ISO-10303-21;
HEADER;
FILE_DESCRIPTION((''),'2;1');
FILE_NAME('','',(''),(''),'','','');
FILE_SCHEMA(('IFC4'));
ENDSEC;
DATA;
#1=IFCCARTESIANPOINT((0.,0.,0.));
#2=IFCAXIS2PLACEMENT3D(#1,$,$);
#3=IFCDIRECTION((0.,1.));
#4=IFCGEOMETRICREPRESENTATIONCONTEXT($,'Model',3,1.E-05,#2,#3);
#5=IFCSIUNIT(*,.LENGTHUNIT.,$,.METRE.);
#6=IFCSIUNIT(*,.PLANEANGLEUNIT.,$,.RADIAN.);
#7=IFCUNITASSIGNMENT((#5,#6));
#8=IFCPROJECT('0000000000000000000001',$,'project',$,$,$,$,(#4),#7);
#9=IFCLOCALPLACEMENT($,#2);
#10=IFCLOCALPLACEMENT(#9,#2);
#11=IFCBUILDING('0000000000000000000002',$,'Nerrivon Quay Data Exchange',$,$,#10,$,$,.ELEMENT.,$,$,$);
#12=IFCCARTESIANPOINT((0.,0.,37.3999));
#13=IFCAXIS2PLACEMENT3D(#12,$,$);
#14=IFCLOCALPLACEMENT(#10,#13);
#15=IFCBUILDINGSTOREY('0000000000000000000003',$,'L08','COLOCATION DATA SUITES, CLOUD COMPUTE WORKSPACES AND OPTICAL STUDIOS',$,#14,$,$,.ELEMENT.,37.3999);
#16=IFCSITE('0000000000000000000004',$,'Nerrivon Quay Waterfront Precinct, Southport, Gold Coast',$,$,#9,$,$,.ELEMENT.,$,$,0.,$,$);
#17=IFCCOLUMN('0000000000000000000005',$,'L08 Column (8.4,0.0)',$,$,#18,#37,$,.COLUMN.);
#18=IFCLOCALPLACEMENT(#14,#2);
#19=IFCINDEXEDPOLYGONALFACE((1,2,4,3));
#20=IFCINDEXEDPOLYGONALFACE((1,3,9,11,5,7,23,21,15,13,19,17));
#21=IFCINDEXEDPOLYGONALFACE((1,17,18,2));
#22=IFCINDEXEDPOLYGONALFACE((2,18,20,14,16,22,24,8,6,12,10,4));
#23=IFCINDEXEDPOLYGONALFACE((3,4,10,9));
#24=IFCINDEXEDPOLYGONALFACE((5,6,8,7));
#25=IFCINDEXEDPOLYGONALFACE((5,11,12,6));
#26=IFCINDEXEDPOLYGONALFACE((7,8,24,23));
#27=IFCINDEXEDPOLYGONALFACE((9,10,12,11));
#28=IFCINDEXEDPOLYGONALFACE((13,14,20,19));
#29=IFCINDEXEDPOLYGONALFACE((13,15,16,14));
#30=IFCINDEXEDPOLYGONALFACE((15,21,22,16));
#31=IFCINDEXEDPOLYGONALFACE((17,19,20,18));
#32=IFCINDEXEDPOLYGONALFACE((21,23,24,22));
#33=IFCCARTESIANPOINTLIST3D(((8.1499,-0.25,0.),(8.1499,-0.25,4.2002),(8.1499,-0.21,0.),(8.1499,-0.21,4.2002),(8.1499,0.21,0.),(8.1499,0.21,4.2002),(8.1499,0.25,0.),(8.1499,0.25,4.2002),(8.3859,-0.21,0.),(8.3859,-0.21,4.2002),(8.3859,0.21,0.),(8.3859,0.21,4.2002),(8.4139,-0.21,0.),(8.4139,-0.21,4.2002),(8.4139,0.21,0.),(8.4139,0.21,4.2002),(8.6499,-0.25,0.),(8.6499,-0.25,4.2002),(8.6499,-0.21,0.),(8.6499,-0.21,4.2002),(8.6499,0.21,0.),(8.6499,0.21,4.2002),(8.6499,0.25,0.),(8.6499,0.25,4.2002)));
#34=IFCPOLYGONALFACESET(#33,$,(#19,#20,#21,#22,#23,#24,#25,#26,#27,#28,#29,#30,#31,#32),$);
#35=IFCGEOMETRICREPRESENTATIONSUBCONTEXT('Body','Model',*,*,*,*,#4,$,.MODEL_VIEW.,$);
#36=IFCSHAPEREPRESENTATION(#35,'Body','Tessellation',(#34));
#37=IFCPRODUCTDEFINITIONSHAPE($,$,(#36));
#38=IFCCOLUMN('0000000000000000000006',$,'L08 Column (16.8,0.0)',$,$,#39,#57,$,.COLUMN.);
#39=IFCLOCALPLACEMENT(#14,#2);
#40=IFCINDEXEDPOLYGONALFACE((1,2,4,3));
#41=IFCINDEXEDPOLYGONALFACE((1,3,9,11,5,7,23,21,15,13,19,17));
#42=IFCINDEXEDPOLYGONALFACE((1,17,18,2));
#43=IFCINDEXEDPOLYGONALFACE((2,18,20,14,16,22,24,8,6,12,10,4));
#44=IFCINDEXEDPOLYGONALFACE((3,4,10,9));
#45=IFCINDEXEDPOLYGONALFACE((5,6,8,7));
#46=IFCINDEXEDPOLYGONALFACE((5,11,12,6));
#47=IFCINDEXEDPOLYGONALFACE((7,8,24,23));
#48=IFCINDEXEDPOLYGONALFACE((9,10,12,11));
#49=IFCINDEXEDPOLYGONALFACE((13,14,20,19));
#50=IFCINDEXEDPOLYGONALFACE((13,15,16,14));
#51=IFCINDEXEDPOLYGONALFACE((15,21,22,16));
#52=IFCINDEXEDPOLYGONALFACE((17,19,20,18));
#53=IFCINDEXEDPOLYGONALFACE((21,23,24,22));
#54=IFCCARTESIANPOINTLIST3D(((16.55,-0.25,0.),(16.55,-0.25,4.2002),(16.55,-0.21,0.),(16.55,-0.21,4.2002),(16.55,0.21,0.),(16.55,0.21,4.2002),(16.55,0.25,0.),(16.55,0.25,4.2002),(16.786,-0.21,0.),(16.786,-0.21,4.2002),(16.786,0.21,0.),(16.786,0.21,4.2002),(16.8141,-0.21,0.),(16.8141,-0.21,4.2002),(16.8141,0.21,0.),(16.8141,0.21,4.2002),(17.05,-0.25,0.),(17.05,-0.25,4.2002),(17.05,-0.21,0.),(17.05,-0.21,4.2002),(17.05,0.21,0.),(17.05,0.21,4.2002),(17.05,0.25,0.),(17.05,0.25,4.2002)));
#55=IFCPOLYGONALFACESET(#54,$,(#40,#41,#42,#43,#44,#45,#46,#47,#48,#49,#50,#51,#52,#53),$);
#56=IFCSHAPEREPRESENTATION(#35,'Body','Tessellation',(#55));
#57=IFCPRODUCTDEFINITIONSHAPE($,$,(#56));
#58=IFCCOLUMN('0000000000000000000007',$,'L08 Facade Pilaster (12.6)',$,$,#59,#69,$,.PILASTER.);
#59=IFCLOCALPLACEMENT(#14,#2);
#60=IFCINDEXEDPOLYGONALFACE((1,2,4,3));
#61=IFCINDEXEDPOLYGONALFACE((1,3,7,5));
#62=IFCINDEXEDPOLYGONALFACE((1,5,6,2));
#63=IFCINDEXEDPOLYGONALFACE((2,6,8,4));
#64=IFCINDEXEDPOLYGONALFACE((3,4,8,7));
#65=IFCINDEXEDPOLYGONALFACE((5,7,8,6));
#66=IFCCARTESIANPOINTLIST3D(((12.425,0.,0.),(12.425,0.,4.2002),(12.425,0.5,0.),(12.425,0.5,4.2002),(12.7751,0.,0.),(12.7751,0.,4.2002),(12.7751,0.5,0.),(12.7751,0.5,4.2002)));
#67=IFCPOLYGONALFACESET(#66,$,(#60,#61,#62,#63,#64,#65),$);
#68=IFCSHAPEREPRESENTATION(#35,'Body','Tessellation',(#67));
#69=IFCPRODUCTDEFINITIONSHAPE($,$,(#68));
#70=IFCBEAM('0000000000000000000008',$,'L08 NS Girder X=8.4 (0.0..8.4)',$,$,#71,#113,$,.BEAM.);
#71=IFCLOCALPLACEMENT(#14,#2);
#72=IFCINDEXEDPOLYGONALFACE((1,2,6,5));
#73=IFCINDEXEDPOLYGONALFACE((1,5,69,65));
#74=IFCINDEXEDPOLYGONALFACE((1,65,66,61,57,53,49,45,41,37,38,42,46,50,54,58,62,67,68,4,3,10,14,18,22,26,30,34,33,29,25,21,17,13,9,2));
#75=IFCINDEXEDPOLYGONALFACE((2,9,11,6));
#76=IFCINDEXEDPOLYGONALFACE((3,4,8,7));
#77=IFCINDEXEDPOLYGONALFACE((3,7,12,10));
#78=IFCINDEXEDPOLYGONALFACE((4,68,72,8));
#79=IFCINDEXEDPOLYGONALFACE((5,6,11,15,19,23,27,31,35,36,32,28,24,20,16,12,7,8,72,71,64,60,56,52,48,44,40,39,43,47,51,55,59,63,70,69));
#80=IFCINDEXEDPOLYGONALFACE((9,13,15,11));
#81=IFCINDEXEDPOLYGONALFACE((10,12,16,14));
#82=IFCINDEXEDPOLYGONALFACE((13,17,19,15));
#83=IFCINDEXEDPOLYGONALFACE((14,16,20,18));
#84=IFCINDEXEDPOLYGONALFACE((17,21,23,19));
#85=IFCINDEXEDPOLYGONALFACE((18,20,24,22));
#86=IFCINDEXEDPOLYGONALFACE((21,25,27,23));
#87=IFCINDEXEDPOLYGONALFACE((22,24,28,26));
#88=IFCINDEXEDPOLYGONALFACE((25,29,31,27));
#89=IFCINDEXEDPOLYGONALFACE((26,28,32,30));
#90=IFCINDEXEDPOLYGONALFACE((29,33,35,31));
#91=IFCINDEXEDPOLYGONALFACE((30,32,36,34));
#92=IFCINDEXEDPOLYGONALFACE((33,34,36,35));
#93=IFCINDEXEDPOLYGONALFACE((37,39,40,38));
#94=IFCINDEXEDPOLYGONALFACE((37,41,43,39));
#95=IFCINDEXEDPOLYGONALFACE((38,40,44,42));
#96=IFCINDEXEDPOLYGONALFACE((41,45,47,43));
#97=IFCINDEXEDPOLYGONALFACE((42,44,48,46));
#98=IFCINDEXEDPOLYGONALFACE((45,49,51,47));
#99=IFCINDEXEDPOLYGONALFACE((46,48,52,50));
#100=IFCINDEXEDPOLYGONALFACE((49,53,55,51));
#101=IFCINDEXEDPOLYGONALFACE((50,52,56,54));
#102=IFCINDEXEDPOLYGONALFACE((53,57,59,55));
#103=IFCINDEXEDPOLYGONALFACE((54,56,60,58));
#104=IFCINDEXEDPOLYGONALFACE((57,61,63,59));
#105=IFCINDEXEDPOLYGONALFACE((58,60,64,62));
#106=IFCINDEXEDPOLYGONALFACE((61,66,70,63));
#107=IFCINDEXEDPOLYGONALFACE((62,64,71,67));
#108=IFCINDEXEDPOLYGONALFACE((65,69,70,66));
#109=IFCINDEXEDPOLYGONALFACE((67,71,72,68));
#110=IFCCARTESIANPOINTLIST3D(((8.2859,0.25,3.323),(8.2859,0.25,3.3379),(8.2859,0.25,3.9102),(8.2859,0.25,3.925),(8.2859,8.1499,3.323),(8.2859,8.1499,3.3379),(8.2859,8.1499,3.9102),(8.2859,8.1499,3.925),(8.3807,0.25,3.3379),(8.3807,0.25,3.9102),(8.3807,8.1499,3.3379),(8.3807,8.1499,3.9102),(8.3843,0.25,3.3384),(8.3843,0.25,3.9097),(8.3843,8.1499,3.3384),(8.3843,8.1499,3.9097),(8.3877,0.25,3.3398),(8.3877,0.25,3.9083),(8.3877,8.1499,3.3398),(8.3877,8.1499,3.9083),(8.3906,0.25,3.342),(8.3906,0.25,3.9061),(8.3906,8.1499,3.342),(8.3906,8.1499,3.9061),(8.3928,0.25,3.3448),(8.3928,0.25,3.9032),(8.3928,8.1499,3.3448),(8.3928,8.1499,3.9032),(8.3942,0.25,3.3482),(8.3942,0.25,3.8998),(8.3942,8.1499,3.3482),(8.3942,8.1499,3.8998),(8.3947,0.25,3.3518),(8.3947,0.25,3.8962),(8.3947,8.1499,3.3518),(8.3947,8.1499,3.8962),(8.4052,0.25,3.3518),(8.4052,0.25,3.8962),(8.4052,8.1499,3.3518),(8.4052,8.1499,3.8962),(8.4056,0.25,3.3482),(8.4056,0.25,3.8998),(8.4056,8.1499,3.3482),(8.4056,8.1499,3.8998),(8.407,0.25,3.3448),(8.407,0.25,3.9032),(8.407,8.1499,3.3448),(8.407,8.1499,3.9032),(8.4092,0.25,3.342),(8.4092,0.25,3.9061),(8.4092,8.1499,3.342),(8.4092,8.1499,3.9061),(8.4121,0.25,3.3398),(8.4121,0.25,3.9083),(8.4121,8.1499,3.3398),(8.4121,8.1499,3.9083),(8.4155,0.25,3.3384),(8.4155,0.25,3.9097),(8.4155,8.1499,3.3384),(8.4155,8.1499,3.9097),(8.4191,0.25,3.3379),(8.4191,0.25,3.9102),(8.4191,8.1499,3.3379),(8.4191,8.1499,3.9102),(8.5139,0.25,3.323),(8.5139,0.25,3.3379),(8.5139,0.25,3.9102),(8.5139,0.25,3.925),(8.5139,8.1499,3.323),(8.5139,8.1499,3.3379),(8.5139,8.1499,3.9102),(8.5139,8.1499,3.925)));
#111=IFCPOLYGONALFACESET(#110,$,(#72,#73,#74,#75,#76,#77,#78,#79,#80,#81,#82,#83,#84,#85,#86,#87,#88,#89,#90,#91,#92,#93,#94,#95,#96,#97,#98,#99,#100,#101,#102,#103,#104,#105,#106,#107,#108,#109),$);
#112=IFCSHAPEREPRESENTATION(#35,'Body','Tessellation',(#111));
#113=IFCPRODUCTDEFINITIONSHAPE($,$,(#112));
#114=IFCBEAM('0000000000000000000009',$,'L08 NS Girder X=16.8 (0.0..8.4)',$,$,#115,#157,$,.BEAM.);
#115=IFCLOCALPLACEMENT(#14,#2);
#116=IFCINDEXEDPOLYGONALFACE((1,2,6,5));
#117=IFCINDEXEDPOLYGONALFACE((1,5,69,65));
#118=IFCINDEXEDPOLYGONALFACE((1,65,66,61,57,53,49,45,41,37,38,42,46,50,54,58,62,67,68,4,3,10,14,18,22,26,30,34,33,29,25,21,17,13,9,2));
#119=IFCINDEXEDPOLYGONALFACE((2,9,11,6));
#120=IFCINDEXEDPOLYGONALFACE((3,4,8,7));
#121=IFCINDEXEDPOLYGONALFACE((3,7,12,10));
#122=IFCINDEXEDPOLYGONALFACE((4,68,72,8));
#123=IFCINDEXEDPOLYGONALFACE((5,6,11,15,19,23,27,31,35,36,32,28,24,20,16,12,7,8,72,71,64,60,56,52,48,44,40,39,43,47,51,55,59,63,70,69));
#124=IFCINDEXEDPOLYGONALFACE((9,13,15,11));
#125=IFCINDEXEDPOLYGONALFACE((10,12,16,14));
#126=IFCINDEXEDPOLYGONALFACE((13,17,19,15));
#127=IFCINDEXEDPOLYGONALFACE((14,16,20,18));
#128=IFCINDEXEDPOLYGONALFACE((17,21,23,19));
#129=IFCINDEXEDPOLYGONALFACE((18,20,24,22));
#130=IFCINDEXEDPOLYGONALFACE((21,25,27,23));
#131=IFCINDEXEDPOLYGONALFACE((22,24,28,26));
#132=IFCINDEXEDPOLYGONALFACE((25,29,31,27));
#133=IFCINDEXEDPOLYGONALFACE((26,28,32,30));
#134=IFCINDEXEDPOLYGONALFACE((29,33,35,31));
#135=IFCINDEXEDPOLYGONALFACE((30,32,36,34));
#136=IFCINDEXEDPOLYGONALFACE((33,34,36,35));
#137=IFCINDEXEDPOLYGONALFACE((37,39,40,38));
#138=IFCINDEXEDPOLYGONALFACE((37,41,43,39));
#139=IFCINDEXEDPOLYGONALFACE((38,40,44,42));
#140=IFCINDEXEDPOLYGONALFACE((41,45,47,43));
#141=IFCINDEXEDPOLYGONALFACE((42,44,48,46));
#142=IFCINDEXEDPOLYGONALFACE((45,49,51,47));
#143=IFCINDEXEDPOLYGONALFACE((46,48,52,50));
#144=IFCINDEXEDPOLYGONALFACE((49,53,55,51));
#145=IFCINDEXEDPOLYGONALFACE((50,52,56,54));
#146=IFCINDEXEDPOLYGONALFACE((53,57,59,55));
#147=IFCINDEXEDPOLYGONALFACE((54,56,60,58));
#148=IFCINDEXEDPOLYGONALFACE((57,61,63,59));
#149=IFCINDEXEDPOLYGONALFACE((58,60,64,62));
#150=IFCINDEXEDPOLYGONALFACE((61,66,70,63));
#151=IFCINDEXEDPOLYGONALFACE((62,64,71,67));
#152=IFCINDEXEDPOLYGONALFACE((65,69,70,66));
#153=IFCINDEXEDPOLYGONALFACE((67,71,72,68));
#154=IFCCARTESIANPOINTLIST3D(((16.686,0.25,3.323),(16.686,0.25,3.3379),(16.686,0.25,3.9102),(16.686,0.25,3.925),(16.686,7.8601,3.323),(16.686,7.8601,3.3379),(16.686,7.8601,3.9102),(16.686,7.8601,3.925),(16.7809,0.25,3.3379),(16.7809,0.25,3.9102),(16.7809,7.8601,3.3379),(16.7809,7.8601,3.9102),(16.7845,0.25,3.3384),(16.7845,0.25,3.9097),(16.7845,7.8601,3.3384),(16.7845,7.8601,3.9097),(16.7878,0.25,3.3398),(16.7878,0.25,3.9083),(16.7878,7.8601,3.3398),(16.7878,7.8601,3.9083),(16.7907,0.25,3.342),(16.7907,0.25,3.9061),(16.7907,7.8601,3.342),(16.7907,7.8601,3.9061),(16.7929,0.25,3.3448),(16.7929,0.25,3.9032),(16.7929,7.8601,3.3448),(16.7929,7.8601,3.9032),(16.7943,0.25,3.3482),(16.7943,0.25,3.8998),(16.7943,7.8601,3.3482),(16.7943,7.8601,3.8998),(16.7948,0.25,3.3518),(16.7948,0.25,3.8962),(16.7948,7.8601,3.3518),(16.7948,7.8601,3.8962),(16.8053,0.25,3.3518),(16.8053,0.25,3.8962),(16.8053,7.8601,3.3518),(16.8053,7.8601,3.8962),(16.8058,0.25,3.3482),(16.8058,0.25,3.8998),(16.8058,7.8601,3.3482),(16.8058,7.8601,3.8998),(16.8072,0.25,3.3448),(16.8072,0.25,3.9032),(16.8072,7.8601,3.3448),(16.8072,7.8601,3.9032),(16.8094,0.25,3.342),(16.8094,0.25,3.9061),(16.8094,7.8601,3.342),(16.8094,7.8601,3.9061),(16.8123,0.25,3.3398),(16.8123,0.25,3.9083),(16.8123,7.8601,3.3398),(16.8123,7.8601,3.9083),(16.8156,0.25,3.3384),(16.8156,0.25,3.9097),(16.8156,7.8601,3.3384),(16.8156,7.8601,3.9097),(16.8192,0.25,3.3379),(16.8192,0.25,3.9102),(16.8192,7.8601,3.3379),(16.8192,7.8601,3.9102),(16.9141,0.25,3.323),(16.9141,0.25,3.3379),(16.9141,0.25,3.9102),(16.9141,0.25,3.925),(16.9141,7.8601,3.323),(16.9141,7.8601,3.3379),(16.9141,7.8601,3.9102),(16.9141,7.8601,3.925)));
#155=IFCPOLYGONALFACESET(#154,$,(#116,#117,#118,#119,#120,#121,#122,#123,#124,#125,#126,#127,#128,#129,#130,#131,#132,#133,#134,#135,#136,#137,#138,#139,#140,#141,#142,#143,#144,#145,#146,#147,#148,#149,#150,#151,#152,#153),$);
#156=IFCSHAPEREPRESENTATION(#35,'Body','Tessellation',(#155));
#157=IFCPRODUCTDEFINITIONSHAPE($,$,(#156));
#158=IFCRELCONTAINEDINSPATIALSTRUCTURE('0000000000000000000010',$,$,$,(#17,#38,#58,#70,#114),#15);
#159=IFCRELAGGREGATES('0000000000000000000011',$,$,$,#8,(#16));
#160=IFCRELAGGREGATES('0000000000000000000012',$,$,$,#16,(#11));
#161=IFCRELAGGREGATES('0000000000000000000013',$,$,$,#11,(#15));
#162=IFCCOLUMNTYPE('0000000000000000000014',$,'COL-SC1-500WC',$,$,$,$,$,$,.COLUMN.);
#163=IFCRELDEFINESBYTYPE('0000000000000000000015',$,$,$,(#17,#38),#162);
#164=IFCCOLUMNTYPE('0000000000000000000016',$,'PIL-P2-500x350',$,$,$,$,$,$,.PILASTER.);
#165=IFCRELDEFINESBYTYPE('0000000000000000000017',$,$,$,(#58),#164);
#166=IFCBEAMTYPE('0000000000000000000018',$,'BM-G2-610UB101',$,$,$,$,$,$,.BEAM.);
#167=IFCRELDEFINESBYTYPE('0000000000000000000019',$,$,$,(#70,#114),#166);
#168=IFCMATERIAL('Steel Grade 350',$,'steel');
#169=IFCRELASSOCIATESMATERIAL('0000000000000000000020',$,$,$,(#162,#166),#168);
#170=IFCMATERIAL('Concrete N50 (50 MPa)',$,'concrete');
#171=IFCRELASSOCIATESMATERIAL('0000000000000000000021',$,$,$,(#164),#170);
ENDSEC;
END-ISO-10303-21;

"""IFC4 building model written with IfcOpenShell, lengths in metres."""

from ifc_helpers import new_model, si_unit, direction, frame, origin, origin_2d, place, context, subcontext, project, spatial, rectangle, i_section, extrude, material, material_profile, profile_set, type_object, element, save


model = new_model("IFC4")

# Units and contexts
model_context = context("Model", 3, precision=1e-05, world=origin(), true_north=direction((0.0, 1.0)))
body_context = subcontext(model_context, "Body", "Model", "MODEL_VIEW")
ifc_project = project(units=[si_unit("LENGTHUNIT", "METRE"), si_unit("PLANEANGLEUNIT", "RADIAN")], contexts=[model_context])

# Site, building, storey
site_placement = place(None, origin())
site = spatial("IfcSite", under=ifc_project, at=site_placement, Name="Nerrivon Quay Waterfront Precinct, Southport, Gold Coast", CompositionType="ELEMENT", RefElevation=0.0)
building_placement = place(site_placement, origin())
building = spatial("IfcBuilding", under=site, at=building_placement, Name="Nerrivon Quay Data Exchange", CompositionType="ELEMENT")
storey_placement = place(building_placement, frame((0.0, 0.0, 37.3999)))
storey = spatial("IfcBuildingStorey", under=building, at=storey_placement, Name="L08", Description="COLOCATION DATA SUITES, CLOUD COMPUTE WORKSPACES AND OPTICAL STUDIOS", CompositionType="ELEMENT", Elevation=37.3999)

# Columns
ifc_material_1 = material(Name="Steel Grade 350", Category="steel")
ifc_material_profile_1 = material_profile(ifc_material_1, i_section(OverallWidth=0.5, OverallDepth=0.5, WebThickness=0.0281, FlangeThickness=0.04, at=origin_2d()), Name="500WC440")
ifc_profile_set_1 = profile_set([ifc_material_profile_1], Name="Steel Grade 350")
column_type_1 = type_object("IfcColumnType", Name="COL-SC1-500WC", PredefinedType="COLUMN", material=ifc_profile_set_1)
for number, where, z_axis, x_axis, name in (
    (1, (8.3999, 0.0, 0.0), (0.0, 0.0, 1.0), (1.0, 0.0, 0.0), "L08 Column (8.4,0.0)"),
    (2, (16.8, 0.0, 0.0), (0.0, 0.0, 1.0), (1.0, 0.0, 0.0), "L08 Column (16.8,0.0)"),
):
    element("IfcColumn", number, at=place(storey_placement, frame(where, z_axis=z_axis, x_axis=x_axis)), inside=storey, type_object=column_type_1, Name=name, PredefinedType="COLUMN", context=body_context, shape_type="SweptSolid", body=[
        extrude(i_section(OverallWidth=0.5, OverallDepth=0.5, WebThickness=0.0281, FlangeThickness=0.04, at=origin_2d()), origin(), (0.0, 0.0, 1.0), 4.2002),
    ])
ifc_material_2 = material(Name="Concrete N50 (50 MPa)", Category="concrete")
ifc_material_profile_2 = material_profile(ifc_material_2, rectangle(XDim=0.3501, YDim=0.5, at=origin_2d()), Name="RC-PIL-500x350")
ifc_profile_set_2 = profile_set([ifc_material_profile_2], Name="Concrete N50 (50 MPa)")
column_type_2 = type_object("IfcColumnType", Name="PIL-P2-500x350", PredefinedType="PILASTER", material=ifc_profile_set_2)
column_placement = place(storey_placement, frame((12.6001, 0.25, 0.0), z_axis=(0.0, 0.0, 1.0), x_axis=(1.0, 0.0, 0.0)))
element("IfcColumn", 3, at=column_placement, inside=storey, type_object=column_type_2, Name="L08 Facade Pilaster (12.6)", PredefinedType="PILASTER", context=body_context, shape_type="SweptSolid", body=[
    extrude(rectangle(XDim=0.3501, YDim=0.5, at=origin_2d()), origin(), (0.0, 0.0, 1.0), 4.2002),
])

# Beams
ifc_material_profile_3 = material_profile(ifc_material_1, i_section(OverallWidth=0.228, OverallDepth=0.6021, WebThickness=0.0105, FlangeThickness=0.0149, FilletRadius=0.0139, at=origin_2d()), Name="610UB101")
ifc_profile_set_3 = profile_set([ifc_material_profile_3], Name="Steel Grade 350")
beam_type_1 = type_object("IfcBeamType", Name="BM-G2-610UB101", PredefinedType="BEAM", material=ifc_profile_set_3)
beam_1_placement = place(storey_placement, frame((8.3999, 0.25, 3.624), z_axis=(0.0, 1.0, 0.0), x_axis=(-1.0, 0.0, 0.0)))
element("IfcBeam", 4, at=beam_1_placement, inside=storey, type_object=beam_type_1, Name="L08 NS Girder X=8.4 (0.0..8.4)", PredefinedType="BEAM", context=body_context, shape_type="SweptSolid", body=[
    extrude(i_section(OverallWidth=0.228, OverallDepth=0.6021, WebThickness=0.0105, FlangeThickness=0.0149, FilletRadius=0.0139, at=origin_2d()), origin(), (0.0, 0.0, 1.0), 7.8999),
])
beam_2_placement = place(storey_placement, frame((16.8, 0.25, 3.624), z_axis=(0.0, 1.0, 0.0), x_axis=(-1.0, 0.0, 0.0)))
element("IfcBeam", 5, at=beam_2_placement, inside=storey, type_object=beam_type_1, Name="L08 NS Girder X=16.8 (0.0..8.4)", PredefinedType="BEAM", context=body_context, shape_type="SweptSolid", body=[
    extrude(i_section(OverallWidth=0.228, OverallDepth=0.6021, WebThickness=0.0105, FlangeThickness=0.0149, FilletRadius=0.0139, at=origin_2d()), origin(), (0.0, 0.0, 1.0), 7.6101),
])

save(model, "model.ifc")
